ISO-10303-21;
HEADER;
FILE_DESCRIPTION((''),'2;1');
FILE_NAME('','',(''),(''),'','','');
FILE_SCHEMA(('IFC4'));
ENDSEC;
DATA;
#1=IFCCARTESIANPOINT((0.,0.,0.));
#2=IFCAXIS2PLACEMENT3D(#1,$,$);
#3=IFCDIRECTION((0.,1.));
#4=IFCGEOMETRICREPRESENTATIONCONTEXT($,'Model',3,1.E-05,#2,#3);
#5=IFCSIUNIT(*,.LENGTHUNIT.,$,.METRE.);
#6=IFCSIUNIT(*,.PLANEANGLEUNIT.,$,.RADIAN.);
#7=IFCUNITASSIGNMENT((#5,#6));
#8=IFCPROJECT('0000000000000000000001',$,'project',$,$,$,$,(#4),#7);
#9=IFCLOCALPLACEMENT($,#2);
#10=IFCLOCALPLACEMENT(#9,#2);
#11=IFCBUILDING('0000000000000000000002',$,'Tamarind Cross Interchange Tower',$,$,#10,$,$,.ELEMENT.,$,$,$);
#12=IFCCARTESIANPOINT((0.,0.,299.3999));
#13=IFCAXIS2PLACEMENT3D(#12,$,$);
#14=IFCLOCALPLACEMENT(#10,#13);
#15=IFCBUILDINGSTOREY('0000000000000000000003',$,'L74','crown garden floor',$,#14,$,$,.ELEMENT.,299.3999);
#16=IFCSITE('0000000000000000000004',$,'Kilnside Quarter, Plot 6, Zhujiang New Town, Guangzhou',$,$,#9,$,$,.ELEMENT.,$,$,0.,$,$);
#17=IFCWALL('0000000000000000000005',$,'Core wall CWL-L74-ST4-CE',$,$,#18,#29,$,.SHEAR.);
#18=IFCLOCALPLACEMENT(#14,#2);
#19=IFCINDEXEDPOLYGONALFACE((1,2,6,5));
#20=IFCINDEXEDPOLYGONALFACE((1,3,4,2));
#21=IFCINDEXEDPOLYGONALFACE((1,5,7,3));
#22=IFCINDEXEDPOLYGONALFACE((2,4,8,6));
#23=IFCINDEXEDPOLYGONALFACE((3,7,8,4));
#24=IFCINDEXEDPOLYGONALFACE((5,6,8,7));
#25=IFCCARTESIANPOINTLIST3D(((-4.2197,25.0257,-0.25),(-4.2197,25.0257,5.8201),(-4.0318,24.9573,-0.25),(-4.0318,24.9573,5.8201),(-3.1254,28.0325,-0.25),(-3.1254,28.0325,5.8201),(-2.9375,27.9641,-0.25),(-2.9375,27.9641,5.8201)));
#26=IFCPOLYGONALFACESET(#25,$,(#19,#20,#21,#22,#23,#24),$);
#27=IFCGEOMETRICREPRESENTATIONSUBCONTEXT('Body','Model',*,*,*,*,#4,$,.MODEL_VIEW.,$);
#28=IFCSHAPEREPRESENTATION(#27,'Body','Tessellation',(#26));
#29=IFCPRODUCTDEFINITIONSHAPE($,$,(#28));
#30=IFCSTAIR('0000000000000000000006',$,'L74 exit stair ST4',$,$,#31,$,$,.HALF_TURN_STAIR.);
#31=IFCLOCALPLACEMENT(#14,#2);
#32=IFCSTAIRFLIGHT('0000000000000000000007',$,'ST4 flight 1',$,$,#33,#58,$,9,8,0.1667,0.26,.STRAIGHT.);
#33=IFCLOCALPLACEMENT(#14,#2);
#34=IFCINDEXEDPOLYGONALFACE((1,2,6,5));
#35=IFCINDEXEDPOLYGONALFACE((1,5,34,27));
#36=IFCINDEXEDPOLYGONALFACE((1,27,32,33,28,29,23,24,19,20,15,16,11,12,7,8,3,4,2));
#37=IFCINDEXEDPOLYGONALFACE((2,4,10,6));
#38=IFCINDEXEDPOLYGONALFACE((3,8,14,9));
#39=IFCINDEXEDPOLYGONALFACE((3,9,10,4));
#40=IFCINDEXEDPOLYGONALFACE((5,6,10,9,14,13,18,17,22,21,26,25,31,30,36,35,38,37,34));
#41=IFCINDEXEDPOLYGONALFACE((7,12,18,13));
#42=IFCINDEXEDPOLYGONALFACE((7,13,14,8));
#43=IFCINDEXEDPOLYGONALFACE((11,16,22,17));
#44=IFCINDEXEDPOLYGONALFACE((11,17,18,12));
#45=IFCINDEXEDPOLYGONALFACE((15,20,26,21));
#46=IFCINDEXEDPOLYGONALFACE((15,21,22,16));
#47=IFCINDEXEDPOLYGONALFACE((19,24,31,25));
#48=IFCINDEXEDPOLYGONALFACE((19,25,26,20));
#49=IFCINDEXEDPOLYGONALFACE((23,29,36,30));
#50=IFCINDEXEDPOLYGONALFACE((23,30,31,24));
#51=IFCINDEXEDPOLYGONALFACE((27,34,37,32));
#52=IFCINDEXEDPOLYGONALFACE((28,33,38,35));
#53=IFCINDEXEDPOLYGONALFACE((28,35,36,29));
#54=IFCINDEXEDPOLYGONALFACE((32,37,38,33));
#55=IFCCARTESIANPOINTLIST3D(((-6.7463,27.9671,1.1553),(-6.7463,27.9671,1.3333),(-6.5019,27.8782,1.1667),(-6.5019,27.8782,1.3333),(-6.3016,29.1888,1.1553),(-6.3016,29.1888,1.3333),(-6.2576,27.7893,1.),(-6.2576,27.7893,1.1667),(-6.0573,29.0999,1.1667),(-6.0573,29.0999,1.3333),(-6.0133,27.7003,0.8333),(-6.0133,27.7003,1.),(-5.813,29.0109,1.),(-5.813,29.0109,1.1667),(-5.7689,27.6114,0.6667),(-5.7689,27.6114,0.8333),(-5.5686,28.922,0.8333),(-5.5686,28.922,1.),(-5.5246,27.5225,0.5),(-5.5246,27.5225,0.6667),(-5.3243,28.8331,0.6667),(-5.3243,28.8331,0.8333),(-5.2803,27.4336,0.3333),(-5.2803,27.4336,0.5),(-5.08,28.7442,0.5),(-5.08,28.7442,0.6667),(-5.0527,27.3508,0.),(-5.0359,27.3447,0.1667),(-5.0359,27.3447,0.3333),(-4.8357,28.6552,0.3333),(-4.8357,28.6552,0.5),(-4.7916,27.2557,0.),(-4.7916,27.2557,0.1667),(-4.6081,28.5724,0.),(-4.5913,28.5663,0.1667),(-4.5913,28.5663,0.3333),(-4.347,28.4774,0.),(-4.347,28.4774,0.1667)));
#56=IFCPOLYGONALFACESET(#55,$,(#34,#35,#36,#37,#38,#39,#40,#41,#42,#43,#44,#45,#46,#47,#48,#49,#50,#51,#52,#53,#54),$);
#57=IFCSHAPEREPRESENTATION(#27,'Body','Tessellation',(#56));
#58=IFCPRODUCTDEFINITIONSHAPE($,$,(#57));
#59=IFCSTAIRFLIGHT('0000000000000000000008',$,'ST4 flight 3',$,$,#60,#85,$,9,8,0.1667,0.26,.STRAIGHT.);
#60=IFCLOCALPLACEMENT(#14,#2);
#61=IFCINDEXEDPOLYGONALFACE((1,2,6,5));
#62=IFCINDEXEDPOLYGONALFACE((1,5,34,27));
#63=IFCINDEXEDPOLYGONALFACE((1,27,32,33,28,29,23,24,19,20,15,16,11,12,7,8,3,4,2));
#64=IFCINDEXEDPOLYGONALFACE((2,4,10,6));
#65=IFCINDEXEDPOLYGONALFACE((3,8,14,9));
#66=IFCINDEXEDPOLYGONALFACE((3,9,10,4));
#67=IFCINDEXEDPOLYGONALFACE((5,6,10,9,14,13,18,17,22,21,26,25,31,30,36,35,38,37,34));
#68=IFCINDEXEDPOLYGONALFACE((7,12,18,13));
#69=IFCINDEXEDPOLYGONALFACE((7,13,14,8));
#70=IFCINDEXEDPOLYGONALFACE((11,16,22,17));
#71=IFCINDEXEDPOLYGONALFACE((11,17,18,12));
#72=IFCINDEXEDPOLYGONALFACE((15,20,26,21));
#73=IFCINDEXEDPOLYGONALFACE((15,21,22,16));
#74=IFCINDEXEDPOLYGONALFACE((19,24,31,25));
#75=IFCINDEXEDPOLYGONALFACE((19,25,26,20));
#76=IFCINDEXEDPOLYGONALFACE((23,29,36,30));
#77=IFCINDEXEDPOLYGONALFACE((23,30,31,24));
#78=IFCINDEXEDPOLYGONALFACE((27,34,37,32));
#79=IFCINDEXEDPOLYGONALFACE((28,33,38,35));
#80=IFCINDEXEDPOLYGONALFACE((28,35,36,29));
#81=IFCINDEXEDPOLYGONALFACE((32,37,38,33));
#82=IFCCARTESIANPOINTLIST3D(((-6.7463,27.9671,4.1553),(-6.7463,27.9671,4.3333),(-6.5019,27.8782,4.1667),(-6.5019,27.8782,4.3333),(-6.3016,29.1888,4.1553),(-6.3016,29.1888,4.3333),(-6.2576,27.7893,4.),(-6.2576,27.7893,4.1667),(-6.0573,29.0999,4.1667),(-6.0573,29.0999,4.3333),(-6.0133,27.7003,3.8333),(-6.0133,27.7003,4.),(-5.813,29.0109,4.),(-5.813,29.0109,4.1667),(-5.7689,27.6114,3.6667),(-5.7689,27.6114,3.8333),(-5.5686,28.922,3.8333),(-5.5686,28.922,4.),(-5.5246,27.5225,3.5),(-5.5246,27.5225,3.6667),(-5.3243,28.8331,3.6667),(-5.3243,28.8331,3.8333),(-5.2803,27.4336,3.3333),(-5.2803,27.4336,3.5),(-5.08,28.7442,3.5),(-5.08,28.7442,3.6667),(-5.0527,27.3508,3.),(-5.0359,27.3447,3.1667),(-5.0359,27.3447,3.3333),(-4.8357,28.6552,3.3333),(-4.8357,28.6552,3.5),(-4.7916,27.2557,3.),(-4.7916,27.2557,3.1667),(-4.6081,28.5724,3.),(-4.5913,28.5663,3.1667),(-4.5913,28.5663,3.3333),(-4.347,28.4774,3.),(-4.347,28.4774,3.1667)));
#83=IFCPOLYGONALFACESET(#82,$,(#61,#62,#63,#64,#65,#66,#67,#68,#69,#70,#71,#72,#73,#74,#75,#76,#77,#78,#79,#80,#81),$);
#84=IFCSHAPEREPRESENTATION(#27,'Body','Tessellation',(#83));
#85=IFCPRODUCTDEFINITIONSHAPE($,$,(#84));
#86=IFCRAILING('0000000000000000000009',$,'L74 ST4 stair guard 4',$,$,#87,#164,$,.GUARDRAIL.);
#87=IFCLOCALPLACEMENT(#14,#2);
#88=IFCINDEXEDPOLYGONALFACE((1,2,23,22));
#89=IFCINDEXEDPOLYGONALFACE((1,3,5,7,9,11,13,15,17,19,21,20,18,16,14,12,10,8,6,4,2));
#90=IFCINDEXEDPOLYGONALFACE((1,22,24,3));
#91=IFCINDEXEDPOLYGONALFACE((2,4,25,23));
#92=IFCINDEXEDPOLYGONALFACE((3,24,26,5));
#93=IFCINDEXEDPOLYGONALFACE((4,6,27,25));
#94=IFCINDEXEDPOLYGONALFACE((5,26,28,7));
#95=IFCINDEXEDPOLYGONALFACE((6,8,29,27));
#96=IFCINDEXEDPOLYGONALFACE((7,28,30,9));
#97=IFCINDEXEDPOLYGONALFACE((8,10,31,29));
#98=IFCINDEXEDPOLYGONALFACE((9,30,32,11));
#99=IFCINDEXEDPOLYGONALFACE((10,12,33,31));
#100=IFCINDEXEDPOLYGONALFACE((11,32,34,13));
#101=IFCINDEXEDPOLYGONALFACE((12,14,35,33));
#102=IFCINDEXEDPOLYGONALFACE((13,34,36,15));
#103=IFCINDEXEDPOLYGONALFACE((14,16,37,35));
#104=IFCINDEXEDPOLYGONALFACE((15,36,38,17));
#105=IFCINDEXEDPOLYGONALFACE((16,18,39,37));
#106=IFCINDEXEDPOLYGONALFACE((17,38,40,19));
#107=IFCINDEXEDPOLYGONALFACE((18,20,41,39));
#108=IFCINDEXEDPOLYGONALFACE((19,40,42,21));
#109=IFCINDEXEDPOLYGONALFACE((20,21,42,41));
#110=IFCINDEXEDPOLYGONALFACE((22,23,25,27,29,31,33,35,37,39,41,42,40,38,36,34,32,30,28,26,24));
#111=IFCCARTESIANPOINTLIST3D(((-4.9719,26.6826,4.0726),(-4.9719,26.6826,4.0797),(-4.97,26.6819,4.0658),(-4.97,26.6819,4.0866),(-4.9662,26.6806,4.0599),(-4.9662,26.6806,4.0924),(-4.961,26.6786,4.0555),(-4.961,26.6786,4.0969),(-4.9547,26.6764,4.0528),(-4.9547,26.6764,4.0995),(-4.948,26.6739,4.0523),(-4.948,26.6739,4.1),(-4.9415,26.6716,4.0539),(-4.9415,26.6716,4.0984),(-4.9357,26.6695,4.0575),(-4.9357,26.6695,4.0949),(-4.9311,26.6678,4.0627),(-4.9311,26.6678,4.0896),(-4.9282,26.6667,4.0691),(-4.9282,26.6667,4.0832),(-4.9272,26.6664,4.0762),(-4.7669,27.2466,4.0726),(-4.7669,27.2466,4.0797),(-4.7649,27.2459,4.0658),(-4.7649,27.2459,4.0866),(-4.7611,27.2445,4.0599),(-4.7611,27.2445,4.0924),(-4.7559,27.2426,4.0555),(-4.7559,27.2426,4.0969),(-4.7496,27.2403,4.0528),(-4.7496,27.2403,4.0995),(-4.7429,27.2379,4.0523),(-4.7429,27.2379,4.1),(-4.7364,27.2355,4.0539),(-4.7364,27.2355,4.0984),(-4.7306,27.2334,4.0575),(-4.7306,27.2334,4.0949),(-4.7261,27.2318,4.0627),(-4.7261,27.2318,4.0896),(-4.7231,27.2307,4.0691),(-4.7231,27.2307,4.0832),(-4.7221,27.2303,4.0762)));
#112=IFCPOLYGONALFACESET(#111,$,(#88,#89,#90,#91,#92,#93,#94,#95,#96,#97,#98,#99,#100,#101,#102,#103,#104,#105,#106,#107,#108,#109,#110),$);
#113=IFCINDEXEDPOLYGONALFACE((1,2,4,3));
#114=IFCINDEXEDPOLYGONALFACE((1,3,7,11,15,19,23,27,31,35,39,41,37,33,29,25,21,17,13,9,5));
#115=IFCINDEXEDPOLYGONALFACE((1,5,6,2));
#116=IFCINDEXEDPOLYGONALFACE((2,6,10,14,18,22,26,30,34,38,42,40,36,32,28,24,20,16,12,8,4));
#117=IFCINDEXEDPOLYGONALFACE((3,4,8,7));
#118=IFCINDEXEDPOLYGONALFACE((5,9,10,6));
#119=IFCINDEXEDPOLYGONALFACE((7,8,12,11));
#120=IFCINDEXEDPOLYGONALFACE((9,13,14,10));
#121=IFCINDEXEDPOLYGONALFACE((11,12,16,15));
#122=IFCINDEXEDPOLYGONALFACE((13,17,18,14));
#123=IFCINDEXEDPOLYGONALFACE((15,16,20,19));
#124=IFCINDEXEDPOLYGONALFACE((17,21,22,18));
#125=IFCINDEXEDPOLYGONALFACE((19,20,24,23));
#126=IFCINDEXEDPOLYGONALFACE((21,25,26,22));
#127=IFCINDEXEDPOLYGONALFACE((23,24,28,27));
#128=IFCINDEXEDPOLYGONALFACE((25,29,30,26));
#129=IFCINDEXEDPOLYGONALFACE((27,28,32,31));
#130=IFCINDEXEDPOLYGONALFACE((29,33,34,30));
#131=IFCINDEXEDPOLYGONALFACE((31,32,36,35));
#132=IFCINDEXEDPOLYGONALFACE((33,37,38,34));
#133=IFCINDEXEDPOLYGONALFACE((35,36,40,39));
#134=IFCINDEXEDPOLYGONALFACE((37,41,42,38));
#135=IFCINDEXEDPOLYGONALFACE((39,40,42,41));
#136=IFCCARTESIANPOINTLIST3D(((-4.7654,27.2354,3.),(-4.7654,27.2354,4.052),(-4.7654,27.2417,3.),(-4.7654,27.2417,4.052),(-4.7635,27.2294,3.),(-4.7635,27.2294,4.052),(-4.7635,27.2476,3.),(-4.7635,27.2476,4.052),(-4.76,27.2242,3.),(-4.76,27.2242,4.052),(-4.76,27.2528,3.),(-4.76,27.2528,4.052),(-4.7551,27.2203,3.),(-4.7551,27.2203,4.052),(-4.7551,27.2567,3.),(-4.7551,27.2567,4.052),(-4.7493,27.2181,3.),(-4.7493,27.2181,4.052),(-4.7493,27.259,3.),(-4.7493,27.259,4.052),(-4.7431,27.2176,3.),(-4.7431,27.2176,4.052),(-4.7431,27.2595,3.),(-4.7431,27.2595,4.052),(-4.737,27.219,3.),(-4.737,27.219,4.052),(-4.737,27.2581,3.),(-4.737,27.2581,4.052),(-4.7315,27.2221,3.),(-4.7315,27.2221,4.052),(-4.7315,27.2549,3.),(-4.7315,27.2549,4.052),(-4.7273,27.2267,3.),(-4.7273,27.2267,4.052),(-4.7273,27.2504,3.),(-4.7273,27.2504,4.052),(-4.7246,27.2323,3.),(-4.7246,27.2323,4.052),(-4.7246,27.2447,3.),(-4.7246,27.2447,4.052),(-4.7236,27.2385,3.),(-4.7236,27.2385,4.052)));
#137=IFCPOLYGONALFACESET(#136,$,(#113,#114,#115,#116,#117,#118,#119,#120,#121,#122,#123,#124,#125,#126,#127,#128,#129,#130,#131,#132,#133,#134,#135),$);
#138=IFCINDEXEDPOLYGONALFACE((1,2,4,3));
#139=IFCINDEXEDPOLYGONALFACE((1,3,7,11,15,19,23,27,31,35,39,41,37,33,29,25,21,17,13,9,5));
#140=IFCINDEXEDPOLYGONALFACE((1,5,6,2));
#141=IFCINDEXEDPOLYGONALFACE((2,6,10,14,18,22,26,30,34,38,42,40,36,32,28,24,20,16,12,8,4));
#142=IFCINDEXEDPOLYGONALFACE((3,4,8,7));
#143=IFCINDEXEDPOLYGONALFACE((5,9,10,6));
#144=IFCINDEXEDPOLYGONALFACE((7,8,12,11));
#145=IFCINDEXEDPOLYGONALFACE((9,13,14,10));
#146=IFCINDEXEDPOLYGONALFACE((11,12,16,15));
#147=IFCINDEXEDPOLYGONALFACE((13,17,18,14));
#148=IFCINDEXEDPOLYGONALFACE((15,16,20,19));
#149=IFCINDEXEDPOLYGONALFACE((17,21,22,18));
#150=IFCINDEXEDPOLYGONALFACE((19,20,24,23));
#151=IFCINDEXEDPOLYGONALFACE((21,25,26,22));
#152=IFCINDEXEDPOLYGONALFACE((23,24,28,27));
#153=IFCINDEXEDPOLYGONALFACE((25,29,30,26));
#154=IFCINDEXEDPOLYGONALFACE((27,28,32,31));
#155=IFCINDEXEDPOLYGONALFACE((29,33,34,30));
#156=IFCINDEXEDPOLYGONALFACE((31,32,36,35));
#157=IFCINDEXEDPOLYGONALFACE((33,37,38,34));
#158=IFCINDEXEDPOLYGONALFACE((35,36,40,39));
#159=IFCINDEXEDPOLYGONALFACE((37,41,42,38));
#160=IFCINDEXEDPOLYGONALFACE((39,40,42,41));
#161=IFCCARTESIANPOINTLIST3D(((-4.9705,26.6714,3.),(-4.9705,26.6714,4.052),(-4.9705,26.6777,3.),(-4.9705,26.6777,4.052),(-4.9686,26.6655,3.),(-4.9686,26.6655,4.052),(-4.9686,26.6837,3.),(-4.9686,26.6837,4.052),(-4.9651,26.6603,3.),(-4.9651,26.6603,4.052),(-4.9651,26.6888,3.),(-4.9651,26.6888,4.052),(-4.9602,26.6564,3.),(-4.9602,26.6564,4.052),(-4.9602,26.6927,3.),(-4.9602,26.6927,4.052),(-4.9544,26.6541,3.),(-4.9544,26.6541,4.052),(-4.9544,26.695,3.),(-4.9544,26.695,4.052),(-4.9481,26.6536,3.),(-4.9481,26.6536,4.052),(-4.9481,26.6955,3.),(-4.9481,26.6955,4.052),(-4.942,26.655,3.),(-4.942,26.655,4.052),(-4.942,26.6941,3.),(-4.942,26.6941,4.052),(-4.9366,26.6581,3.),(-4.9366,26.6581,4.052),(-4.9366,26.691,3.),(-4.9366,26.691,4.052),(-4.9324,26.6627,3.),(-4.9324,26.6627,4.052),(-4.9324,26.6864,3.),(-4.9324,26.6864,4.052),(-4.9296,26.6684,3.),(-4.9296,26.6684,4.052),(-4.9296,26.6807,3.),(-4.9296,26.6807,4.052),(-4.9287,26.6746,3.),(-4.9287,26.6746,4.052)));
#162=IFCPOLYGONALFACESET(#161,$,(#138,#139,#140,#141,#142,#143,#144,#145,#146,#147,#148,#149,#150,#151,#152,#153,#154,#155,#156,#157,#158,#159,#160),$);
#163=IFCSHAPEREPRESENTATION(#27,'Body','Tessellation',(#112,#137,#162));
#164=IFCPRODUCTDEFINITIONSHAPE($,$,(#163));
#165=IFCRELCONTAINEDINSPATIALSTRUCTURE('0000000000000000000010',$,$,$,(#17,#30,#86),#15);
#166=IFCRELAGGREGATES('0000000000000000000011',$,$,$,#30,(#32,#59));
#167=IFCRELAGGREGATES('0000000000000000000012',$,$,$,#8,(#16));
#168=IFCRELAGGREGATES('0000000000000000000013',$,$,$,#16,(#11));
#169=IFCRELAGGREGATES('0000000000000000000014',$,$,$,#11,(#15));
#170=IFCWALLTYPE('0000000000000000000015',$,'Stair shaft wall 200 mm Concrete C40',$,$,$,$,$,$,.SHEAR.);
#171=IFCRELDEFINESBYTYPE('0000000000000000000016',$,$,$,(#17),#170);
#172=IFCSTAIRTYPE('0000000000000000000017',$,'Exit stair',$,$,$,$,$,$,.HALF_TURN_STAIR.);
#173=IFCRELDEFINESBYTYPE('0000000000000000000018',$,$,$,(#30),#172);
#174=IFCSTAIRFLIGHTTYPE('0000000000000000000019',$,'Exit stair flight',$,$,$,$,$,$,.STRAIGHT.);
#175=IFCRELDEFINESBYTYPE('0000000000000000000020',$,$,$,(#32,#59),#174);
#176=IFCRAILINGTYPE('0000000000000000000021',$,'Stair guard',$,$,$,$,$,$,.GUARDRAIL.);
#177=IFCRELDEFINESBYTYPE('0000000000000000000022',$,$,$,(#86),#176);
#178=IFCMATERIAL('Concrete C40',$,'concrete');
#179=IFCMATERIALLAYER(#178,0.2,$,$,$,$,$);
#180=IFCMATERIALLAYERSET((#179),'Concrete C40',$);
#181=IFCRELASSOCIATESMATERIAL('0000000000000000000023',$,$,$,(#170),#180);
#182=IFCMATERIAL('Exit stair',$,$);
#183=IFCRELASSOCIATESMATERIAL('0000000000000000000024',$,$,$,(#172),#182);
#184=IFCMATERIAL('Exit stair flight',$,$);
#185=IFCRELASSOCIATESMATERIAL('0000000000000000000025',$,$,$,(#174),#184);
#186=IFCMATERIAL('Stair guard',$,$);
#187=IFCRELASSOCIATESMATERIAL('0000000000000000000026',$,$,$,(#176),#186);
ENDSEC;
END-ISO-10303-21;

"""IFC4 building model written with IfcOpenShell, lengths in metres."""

from ifc_helpers import new_model, si_unit, direction, frame, frame_2d, origin, origin_2d, place, context, subcontext, project, spatial, polyline, rectangle, circle, outline, extrude, material, layer, layer_set, type_object, element, aggregate, save


model = new_model("IFC4")

# Units and contexts
model_context = context("Model", 3, precision=1e-05, world=origin(), true_north=direction((0.0, 1.0)))
body_context = subcontext(model_context, "Body", "Model", "MODEL_VIEW")
ifc_project = project(units=[si_unit("LENGTHUNIT", "METRE"), si_unit("PLANEANGLEUNIT", "RADIAN")], contexts=[model_context])

# Site, building, storey
site_placement = place(None, origin())
site = spatial("IfcSite", under=ifc_project, at=site_placement, Name="Kilnside Quarter, Plot 6, Zhujiang New Town, Guangzhou", CompositionType="ELEMENT", RefElevation=0.0)
building_placement = place(site_placement, origin())
building = spatial("IfcBuilding", under=site, at=building_placement, Name="Tamarind Cross Interchange Tower", CompositionType="ELEMENT")
storey_placement = place(building_placement, frame((0.0, 0.0, 299.3999)))
storey = spatial("IfcBuildingStorey", under=building, at=storey_placement, Name="L74", Description="crown garden floor", CompositionType="ELEMENT", Elevation=299.3999)

# Shared definitions
ifc_material_1 = material(Name="Concrete C40", Category="concrete")
ifc_layer_1 = layer(ifc_material_1, 0.2)
ifc_layer_set_1 = layer_set([ifc_layer_1], Name="Concrete C40")
wall_type_1 = type_object("IfcWallType", Name="Stair shaft wall 200 mm Concrete C40", PredefinedType="SHEAR", material=ifc_layer_set_1)

# Wall
wall_1_placement = place(storey_placement, frame((-3.0315, 27.9983, -0.25), z_axis=(0.0, 0.0, 1.0), x_axis=(-0.341976, -0.939709, 0.0)))
element("IfcWall", 1, at=wall_1_placement, inside=storey, type_object=wall_type_1, Name="Core wall CWL-L74-ST4-CE", PredefinedType="SHEAR", context=body_context, shape_type="SweptSolid", body=[
    extrude(rectangle(XDim=3.1997, YDim=0.2, at=frame_2d((1.5999, 0.0))), origin(), (0.0, 0.0, 1.0), 6.0701),
])

# Stair, stair flights
ifc_material_2 = material(Name="Exit stair")
stair_type = type_object("IfcStairType", Name="Exit stair", PredefinedType="HALF_TURN_STAIR", material=ifc_material_2)
stair_placement = place(storey_placement, origin())
stair = element("IfcStair", 2, at=stair_placement, inside=storey, type_object=stair_type, Name="L74 exit stair ST4", PredefinedType="HALF_TURN_STAIR")
ifc_material_3 = material(Name="Exit stair flight")
stair_flight_type = type_object("IfcStairFlightType", Name="Exit stair flight", PredefinedType="STRAIGHT", material=ifc_material_3)
stair_flight_1_placement = place(storey_placement, frame((-4.5693, 27.8665, 0.0), z_axis=(0.0, 0.0, 1.0), x_axis=(-0.939702, 0.341994, 0.0)))
stair_flight_1 = element("IfcStairFlight", 3, at=stair_flight_1_placement, type_object=stair_flight_type, Name="ST4 flight 1", NumberOfRisers=9, NumberOfTreads=8, PredefinedType="STRAIGHT", RiserHeight=0.1667, TreadLength=0.26, context=body_context, shape_type="SweptSolid", body=[
    extrude(outline(polyline([(0.0, 0.0), (0.0, 0.1667), (0.26, 0.1667), (0.26, 0.3333), (0.52, 0.3333), (0.52, 0.5), (0.78, 0.5), (0.78, 0.6667), (1.04, 0.6667), (1.04, 0.8333), (1.3, 0.8333), (1.3, 1.0), (1.5601, 1.0), (1.5601, 1.1667), (1.8201, 1.1667), (1.8201, 1.3333), (2.0801, 1.3333), (2.0801, 1.5), (2.0801, 1.1553), (0.2778, 0.0), (0.0, 0.0)])), frame((0.0, 0.6499, 0.0), z_axis=(0.0, -1.0, 0.0), x_axis=(1.0, 0.0, 0.0)), (0.0, 0.0, 1.0), 1.3),
])
stair_flight_2_placement = place(storey_placement, frame((-4.5693, 27.8665, 3.0), z_axis=(0.0, 0.0, 1.0), x_axis=(-0.939702, 0.341994, 0.0)))
stair_flight_2 = element("IfcStairFlight", 4, at=stair_flight_2_placement, type_object=stair_flight_type, Name="ST4 flight 3", NumberOfRisers=9, NumberOfTreads=8, PredefinedType="STRAIGHT", RiserHeight=0.1667, TreadLength=0.26, context=body_context, shape_type="SweptSolid", body=[
    extrude(outline(polyline([(0.0, 0.0), (0.0, 0.1667), (0.26, 0.1667), (0.26, 0.3333), (0.52, 0.3333), (0.52, 0.5), (0.78, 0.5), (0.78, 0.6667), (1.04, 0.6667), (1.04, 0.8333), (1.3, 0.8333), (1.3, 1.0), (1.5601, 1.0), (1.5601, 1.1667), (1.8201, 1.1667), (1.8201, 1.3333), (2.0801, 1.3333), (2.0801, 1.5), (2.0801, 1.1553), (0.2778, 0.0), (0.0, 0.0)])), frame((0.0, 0.6499, 0.0), z_axis=(0.0, -1.0, 0.0), x_axis=(1.0, 0.0, 0.0)), (0.0, 0.0, 1.0), 1.3),
])
aggregate(stair, [stair_flight_1, stair_flight_2])

# Railing
ifc_material_4 = material(Name="Stair guard")
railing_type_1 = type_object("IfcRailingType", Name="Stair guard", PredefinedType="GUARDRAIL", material=ifc_material_4)
for number, where, name in (
    (5, (-4.7446, 27.2385, 3.0), "L74 ST4 stair guard 4"),
):
    element("IfcRailing", number, at=place(storey_placement, frame(where)), inside=storey, type_object=railing_type_1, Name=name, PredefinedType="GUARDRAIL", context=body_context, shape_type="SweptSolid", body=[
        extrude(circle(Radius=0.0239, at=origin_2d()), frame((0.0, 0.0, 1.0762), z_axis=(-0.341743, -0.939793, 0.0), x_axis=(0.939793, -0.341743, 0.0)), (0.0, 0.0, 1.0), 0.6001),
        extrude(circle(Radius=0.021, at=origin_2d()), origin(), (0.0, 0.0, 1.0), 1.052),
        extrude(circle(Radius=0.021, at=origin_2d()), frame((-0.2051, -0.564, 0.0)), (0.0, 0.0, 1.0), 1.052),
    ])

save(model, "model.ifc")
